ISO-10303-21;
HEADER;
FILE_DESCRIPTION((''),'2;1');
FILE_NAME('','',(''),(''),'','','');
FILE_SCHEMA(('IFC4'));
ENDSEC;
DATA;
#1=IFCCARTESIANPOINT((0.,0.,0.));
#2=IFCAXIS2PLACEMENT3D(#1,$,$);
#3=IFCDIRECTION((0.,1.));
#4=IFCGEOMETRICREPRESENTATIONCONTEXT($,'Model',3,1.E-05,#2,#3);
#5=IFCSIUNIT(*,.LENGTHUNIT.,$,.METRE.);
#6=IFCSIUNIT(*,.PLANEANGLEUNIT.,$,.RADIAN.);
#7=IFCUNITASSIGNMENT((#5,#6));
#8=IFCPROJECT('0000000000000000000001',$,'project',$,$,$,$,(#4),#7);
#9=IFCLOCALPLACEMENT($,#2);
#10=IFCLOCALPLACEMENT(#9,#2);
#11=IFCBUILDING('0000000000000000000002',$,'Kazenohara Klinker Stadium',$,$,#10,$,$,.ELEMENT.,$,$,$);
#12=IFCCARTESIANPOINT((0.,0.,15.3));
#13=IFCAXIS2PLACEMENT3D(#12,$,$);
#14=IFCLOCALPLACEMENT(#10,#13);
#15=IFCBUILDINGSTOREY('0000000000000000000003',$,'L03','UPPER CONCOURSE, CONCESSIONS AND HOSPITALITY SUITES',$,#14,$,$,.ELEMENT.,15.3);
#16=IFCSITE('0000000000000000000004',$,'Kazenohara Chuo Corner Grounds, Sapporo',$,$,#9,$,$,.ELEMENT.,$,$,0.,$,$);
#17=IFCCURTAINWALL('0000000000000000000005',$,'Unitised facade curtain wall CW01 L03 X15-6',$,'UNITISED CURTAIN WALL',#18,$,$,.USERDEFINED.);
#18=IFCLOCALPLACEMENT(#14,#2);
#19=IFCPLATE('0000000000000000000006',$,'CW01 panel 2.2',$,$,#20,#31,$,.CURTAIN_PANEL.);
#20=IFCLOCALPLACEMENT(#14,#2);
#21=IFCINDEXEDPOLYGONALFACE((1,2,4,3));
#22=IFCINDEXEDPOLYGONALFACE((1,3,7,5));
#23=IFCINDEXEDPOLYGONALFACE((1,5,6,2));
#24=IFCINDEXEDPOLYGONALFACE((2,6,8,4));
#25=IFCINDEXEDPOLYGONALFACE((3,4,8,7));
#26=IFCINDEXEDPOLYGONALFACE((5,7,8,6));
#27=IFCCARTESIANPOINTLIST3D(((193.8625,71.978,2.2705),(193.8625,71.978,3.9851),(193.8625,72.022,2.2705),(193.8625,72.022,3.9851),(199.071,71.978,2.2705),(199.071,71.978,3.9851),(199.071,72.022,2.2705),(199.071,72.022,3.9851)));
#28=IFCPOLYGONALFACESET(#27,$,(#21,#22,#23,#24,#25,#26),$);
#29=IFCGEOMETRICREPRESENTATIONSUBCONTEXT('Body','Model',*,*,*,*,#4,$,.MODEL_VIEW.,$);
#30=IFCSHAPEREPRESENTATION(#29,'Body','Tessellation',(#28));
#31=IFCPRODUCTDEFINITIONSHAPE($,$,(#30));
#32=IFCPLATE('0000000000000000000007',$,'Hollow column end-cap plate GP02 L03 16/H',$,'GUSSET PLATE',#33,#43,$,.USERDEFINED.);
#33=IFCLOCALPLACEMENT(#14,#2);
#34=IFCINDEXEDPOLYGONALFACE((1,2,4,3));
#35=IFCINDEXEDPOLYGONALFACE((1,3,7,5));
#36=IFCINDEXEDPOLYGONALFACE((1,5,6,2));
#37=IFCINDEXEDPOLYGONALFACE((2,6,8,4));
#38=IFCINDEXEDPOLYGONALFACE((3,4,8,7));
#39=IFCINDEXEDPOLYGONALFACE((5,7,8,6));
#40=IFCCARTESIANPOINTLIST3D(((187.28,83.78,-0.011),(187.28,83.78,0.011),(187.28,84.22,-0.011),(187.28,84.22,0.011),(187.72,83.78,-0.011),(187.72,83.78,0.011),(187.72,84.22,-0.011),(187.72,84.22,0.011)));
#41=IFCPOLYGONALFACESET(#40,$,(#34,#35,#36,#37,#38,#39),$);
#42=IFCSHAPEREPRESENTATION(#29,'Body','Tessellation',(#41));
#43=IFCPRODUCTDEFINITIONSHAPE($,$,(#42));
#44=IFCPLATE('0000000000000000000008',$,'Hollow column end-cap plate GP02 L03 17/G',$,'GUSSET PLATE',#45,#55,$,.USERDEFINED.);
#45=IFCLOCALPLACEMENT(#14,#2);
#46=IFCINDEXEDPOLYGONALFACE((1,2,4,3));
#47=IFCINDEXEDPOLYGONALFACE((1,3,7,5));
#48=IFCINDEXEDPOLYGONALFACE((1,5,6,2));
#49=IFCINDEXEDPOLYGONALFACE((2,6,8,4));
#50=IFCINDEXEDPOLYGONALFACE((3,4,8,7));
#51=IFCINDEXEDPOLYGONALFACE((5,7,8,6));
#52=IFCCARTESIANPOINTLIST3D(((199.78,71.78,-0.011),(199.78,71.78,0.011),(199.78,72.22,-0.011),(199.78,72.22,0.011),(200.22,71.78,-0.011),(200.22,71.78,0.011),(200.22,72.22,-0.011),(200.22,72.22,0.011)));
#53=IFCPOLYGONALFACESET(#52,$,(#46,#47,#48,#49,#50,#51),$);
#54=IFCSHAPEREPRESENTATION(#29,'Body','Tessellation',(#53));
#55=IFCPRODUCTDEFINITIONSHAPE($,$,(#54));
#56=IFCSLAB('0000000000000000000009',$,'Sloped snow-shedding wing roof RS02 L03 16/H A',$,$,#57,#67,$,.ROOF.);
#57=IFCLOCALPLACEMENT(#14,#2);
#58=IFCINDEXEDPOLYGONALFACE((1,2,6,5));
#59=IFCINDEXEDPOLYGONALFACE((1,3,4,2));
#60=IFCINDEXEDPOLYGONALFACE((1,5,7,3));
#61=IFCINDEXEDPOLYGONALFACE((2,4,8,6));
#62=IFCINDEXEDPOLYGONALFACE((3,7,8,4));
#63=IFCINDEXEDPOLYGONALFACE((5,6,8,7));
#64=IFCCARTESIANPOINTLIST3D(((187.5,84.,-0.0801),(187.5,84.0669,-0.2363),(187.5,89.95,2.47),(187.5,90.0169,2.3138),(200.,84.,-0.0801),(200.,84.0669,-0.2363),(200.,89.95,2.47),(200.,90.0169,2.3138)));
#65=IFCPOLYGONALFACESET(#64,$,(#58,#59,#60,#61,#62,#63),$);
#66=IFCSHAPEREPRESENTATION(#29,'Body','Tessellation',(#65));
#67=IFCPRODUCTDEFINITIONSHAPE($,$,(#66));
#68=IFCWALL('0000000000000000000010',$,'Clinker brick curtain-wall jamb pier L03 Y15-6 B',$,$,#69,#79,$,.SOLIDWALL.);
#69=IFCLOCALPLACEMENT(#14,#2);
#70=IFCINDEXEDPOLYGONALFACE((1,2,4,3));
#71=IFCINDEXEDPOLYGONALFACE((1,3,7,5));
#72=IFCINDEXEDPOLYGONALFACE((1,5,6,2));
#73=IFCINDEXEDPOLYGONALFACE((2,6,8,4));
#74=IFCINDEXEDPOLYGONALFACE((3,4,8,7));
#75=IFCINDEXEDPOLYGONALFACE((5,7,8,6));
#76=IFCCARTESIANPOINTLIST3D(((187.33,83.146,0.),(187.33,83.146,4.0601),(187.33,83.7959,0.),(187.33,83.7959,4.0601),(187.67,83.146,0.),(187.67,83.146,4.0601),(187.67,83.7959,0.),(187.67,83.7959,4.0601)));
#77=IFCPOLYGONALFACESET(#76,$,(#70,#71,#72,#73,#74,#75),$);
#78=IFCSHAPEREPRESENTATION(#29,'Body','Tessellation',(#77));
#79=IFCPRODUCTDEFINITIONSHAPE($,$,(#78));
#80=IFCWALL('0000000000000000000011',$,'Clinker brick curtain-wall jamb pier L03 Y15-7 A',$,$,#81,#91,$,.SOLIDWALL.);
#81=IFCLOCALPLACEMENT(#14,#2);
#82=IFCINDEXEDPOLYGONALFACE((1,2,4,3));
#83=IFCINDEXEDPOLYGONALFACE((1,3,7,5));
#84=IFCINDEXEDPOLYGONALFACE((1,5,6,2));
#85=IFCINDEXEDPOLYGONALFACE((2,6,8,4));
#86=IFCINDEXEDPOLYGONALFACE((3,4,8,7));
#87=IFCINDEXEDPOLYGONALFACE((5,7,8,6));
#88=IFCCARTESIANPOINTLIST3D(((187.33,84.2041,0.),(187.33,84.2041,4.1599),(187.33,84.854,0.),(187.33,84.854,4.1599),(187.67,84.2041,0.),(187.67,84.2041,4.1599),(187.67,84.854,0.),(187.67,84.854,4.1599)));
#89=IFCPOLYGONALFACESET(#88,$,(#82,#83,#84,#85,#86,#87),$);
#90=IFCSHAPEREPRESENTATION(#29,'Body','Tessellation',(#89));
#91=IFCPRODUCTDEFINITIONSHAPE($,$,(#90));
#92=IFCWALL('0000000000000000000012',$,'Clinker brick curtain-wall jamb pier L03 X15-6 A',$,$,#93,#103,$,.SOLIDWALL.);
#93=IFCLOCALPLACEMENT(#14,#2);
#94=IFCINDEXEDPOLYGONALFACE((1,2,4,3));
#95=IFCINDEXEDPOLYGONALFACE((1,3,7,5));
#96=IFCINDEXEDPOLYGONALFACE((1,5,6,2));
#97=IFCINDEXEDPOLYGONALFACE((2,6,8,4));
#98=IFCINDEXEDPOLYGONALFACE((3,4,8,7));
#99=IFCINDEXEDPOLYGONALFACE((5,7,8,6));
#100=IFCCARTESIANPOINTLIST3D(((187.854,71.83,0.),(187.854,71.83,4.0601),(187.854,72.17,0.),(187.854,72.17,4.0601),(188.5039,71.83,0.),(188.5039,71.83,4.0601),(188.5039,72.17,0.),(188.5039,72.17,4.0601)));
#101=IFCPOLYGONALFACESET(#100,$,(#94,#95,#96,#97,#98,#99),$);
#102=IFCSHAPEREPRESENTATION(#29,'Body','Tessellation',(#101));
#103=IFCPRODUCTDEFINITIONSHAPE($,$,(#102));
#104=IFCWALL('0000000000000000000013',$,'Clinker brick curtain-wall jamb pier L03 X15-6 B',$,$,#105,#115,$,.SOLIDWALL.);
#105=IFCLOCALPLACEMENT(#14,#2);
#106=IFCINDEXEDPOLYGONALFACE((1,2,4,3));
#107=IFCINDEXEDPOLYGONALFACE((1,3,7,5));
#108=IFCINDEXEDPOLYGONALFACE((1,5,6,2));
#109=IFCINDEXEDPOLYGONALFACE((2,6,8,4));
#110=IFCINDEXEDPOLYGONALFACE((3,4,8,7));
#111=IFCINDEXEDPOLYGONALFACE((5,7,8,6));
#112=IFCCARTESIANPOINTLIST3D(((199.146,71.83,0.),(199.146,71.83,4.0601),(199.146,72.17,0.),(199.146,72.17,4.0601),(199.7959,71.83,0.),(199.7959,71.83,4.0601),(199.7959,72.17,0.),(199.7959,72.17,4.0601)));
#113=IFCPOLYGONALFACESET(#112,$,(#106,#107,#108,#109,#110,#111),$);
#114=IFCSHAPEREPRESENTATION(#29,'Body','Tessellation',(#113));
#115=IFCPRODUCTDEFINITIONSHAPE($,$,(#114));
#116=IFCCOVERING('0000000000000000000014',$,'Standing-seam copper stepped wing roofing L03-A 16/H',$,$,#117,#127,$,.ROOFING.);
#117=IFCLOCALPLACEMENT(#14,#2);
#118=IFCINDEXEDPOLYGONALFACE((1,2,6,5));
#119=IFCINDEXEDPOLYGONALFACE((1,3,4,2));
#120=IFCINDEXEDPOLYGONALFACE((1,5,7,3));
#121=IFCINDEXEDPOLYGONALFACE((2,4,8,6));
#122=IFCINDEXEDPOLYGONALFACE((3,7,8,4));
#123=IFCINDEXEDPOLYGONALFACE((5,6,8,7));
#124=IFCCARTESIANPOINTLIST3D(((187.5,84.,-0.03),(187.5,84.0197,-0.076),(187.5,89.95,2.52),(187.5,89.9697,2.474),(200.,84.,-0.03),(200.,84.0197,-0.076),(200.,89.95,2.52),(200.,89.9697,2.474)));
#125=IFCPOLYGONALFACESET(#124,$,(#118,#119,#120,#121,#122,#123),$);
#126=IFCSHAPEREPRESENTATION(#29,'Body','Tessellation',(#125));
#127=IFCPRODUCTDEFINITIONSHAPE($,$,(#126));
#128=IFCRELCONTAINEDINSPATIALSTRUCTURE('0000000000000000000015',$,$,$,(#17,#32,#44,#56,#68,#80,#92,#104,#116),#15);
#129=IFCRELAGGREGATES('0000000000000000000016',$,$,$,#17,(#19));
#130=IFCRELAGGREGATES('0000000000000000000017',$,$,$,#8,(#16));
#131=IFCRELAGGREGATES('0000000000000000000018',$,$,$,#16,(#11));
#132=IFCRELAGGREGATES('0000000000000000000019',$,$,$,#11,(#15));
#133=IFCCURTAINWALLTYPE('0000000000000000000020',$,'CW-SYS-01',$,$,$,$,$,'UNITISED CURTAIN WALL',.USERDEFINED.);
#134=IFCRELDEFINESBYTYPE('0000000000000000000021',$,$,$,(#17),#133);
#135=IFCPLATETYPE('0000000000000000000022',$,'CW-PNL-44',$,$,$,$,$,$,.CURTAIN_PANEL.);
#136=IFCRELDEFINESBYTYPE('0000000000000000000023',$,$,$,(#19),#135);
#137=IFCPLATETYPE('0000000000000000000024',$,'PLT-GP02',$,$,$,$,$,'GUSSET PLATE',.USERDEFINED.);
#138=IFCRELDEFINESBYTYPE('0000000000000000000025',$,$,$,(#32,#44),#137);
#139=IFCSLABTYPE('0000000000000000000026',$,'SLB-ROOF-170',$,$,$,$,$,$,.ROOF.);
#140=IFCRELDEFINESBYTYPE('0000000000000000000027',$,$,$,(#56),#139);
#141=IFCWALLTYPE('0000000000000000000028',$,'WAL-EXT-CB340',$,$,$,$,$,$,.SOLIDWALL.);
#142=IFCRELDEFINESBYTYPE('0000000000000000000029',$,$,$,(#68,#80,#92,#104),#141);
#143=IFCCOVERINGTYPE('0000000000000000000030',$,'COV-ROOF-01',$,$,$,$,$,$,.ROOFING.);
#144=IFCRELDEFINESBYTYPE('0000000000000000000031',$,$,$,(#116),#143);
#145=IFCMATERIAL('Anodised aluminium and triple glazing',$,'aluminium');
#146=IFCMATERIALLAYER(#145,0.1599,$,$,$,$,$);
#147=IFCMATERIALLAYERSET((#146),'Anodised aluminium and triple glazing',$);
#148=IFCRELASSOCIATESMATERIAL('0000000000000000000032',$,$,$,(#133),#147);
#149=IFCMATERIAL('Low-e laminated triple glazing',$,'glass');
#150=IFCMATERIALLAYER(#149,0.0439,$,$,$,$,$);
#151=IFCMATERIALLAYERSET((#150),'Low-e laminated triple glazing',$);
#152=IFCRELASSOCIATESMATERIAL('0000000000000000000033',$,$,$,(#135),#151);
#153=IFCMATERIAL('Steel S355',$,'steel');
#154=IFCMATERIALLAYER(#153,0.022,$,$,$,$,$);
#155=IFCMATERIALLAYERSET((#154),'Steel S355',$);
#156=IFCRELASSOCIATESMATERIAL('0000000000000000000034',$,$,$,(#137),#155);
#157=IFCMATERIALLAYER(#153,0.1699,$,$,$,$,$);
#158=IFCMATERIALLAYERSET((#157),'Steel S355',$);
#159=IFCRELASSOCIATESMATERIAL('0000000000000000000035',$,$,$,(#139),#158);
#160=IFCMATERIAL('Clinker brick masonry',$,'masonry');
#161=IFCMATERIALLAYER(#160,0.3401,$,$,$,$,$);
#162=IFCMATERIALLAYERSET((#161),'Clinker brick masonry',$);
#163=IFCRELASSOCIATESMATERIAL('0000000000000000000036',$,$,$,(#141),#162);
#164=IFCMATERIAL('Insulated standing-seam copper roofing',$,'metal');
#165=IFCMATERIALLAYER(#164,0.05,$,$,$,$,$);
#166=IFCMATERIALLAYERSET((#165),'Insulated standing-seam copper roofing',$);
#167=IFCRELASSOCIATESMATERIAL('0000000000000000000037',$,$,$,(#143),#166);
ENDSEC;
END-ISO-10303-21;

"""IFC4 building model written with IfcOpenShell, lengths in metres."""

from ifc_helpers import new_model, si_unit, direction, frame, frame_2d, origin, origin_2d, place, context, subcontext, project, spatial, polyline, rectangle, outline, extrude, material, layer, layer_set, type_object, element, aggregate, save


model = new_model("IFC4")

# Units and contexts
model_context = context("Model", 3, precision=1e-05, world=origin(), true_north=direction((0.0, 1.0)))
body_context = subcontext(model_context, "Body", "Model", "MODEL_VIEW")
ifc_project = project(units=[si_unit("LENGTHUNIT", "METRE"), si_unit("PLANEANGLEUNIT", "RADIAN")], contexts=[model_context])

# Site, building, storey
site_placement = place(None, origin())
site = spatial("IfcSite", under=ifc_project, at=site_placement, Name="Kazenohara Chuo Corner Grounds, Sapporo", CompositionType="ELEMENT", RefElevation=0.0)
building_placement = place(site_placement, origin())
building = spatial("IfcBuilding", under=site, at=building_placement, Name="Kazenohara Klinker Stadium", CompositionType="ELEMENT")
storey_placement = place(building_placement, frame((0.0, 0.0, 15.3)))
storey = spatial("IfcBuildingStorey", under=building, at=storey_placement, Name="L03", Description="UPPER CONCOURSE, CONCESSIONS AND HOSPITALITY SUITES", CompositionType="ELEMENT", Elevation=15.3)

# Shared definitions
ifc_material_1 = material(Name="Steel S355", Category="steel")

# Shared definitions
ifc_material_2 = material(Name="Anodised aluminium and triple glazing", Category="aluminium")

# Curtain wall
ifc_layer_1 = layer(ifc_material_2, 0.1599)
ifc_layer_set_1 = layer_set([ifc_layer_1], Name="Anodised aluminium and triple glazing")
curtain_wall_type_1 = type_object("IfcCurtainWallType", Name="CW-SYS-01", ElementType="UNITISED CURTAIN WALL", PredefinedType="USERDEFINED", material=ifc_layer_set_1)
curtain_wall_1_placement = place(storey_placement, origin())
curtain_wall_1 = element("IfcCurtainWall", 1, at=curtain_wall_1_placement, inside=storey, type_object=curtain_wall_type_1, Name="Unitised facade curtain wall CW01 L03 X15-6", ObjectType="UNITISED CURTAIN WALL", PredefinedType="USERDEFINED")

# Plate
ifc_material_3 = material(Name="Low-e laminated triple glazing", Category="glass")
ifc_layer_2 = layer(ifc_material_3, 0.0439)
ifc_layer_set_2 = layer_set([ifc_layer_2], Name="Low-e laminated triple glazing")
plate_type_1 = type_object("IfcPlateType", Name="CW-PNL-44", PredefinedType="CURTAIN_PANEL", material=ifc_layer_set_2)
plate_1_placement = place(storey_placement, frame((196.4668, 72.0, 2.2705), z_axis=(0.0, 0.0, 1.0), x_axis=(1.0, 0.0, 0.0)))
plate_1 = element("IfcPlate", 2, at=plate_1_placement, type_object=plate_type_1, Name="CW01 panel 2.2", PredefinedType="CURTAIN_PANEL", context=body_context, shape_type="SweptSolid", body=[
    extrude(rectangle(XDim=5.2085, YDim=0.0439, at=origin_2d()), origin(), (0.0, 0.0, 1.0), 1.7146),
])
aggregate(curtain_wall_1, [plate_1])

# Plates
ifc_layer_3 = layer(ifc_material_1, 0.022)
ifc_layer_set_3 = layer_set([ifc_layer_3], Name="Steel S355")
plate_type_2 = type_object("IfcPlateType", Name="PLT-GP02", ElementType="GUSSET PLATE", PredefinedType="USERDEFINED", material=ifc_layer_set_3)
for number, where, z_axis, x_axis, name in (
    (3, (187.5, 84.0, -0.011), (0.0, 0.0, 1.0), (1.0, 0.0, 0.0), "Hollow column end-cap plate GP02 L03 16/H"),
    (4, (200.0, 72.0, -0.011), (0.0, 0.0, 1.0), (1.0, 0.0, 0.0), "Hollow column end-cap plate GP02 L03 17/G"),
):
    element("IfcPlate", number, at=place(storey_placement, frame(where, z_axis=z_axis, x_axis=x_axis)), inside=storey, type_object=plate_type_2, Name=name, ObjectType="GUSSET PLATE", PredefinedType="USERDEFINED", context=body_context, shape_type="SweptSolid", body=[
        extrude(rectangle(XDim=0.4399, YDim=0.4399, at=origin_2d()), origin(), (0.0, 0.0, 1.0), 0.022),
    ])

# Slab
ifc_layer_4 = layer(ifc_material_1, 0.1699)
ifc_layer_set_4 = layer_set([ifc_layer_4], Name="Steel S355")
slab_type = type_object("IfcSlabType", Name="SLB-ROOF-170", PredefinedType="ROOF", material=ifc_layer_set_4)
slab_placement = place(storey_placement, frame((187.5, 84.0, -0.0801), z_axis=(0.0, -0.393928, 0.919141), x_axis=(1.0, 0.0, 0.0)))
element("IfcSlab", 5, at=slab_placement, inside=storey, type_object=slab_type, Name="Sloped snow-shedding wing roof RS02 L03 16/H A", PredefinedType="ROOF", context=body_context, shape_type="SweptSolid", body=[
    extrude(outline(polyline([(0.0, 0.0), (12.5, 0.0), (12.5, 6.4734), (0.0, 6.4734), (0.0, 0.0)])), origin(), (0.0, 0.0, -1.0), 0.1699),
])

# Walls
ifc_material_4 = material(Name="Clinker brick masonry", Category="masonry")
ifc_layer_5 = layer(ifc_material_4, 0.3401)
ifc_layer_set_5 = layer_set([ifc_layer_5], Name="Clinker brick masonry")
wall_type = type_object("IfcWallType", Name="WAL-EXT-CB340", PredefinedType="SOLIDWALL", material=ifc_layer_set_5)
wall_1_placement = place(storey_placement, frame((187.5, 83.146, 0.0), z_axis=(0.0, 0.0, 1.0), x_axis=(0.0, 1.0, 0.0)))
element("IfcWall", 6, at=wall_1_placement, inside=storey, type_object=wall_type, Name="Clinker brick curtain-wall jamb pier L03 Y15-6 B", PredefinedType="SOLIDWALL", context=body_context, shape_type="SweptSolid", body=[
    extrude(rectangle(XDim=0.6499, YDim=0.3401, at=frame_2d((0.325, 0.0))), origin(), (0.0, 0.0, 1.0), 4.0601),
])
wall_2_placement = place(storey_placement, frame((187.5, 84.2041, 0.0), z_axis=(0.0, 0.0, 1.0), x_axis=(0.0, 1.0, 0.0)))
element("IfcWall", 7, at=wall_2_placement, inside=storey, type_object=wall_type, Name="Clinker brick curtain-wall jamb pier L03 Y15-7 A", PredefinedType="SOLIDWALL", context=body_context, shape_type="SweptSolid", body=[
    extrude(rectangle(XDim=0.6499, YDim=0.3401, at=frame_2d((0.325, 0.0))), origin(), (0.0, 0.0, 1.0), 4.1599),
])
for number, where, z_axis, x_axis, name in (
    (8, (187.854, 72.0, 0.0), (0.0, 0.0, 1.0), (1.0, 0.0, 0.0), "Clinker brick curtain-wall jamb pier L03 X15-6 A"),
    (9, (199.146, 72.0, 0.0), (0.0, 0.0, 1.0), (1.0, 0.0, 0.0), "Clinker brick curtain-wall jamb pier L03 X15-6 B"),
):
    element("IfcWall", number, at=place(storey_placement, frame(where, z_axis=z_axis, x_axis=x_axis)), inside=storey, type_object=wall_type, Name=name, PredefinedType="SOLIDWALL", context=body_context, shape_type="SweptSolid", body=[
        extrude(rectangle(XDim=0.6499, YDim=0.3401, at=frame_2d((0.325, 0.0))), origin(), (0.0, 0.0, 1.0), 4.0601),
    ])

# Covering
ifc_material_5 = material(Name="Insulated standing-seam copper roofing", Category="metal")
ifc_layer_6 = layer(ifc_material_5, 0.05)
ifc_layer_set_6 = layer_set([ifc_layer_6], Name="Insulated standing-seam copper roofing")
covering_type = type_object("IfcCoveringType", Name="COV-ROOF-01", PredefinedType="ROOFING", material=ifc_layer_set_6)
covering_placement = place(storey_placement, frame((187.5, 84.0, -0.03), z_axis=(0.0, -0.393928, 0.919141), x_axis=(1.0, 0.0, 0.0)))
element("IfcCovering", 10, at=covering_placement, inside=storey, type_object=covering_type, Name="Standing-seam copper stepped wing roofing L03-A 16/H", PredefinedType="ROOFING", context=body_context, shape_type="SweptSolid", body=[
    extrude(outline(polyline([(0.0, 0.0), (12.5, 0.0), (12.5, 6.4734), (0.0, 6.4734), (0.0, 0.0)])), origin(), (0.0, 0.0, -1.0), 0.05),
])

save(model, "model.ifc")
